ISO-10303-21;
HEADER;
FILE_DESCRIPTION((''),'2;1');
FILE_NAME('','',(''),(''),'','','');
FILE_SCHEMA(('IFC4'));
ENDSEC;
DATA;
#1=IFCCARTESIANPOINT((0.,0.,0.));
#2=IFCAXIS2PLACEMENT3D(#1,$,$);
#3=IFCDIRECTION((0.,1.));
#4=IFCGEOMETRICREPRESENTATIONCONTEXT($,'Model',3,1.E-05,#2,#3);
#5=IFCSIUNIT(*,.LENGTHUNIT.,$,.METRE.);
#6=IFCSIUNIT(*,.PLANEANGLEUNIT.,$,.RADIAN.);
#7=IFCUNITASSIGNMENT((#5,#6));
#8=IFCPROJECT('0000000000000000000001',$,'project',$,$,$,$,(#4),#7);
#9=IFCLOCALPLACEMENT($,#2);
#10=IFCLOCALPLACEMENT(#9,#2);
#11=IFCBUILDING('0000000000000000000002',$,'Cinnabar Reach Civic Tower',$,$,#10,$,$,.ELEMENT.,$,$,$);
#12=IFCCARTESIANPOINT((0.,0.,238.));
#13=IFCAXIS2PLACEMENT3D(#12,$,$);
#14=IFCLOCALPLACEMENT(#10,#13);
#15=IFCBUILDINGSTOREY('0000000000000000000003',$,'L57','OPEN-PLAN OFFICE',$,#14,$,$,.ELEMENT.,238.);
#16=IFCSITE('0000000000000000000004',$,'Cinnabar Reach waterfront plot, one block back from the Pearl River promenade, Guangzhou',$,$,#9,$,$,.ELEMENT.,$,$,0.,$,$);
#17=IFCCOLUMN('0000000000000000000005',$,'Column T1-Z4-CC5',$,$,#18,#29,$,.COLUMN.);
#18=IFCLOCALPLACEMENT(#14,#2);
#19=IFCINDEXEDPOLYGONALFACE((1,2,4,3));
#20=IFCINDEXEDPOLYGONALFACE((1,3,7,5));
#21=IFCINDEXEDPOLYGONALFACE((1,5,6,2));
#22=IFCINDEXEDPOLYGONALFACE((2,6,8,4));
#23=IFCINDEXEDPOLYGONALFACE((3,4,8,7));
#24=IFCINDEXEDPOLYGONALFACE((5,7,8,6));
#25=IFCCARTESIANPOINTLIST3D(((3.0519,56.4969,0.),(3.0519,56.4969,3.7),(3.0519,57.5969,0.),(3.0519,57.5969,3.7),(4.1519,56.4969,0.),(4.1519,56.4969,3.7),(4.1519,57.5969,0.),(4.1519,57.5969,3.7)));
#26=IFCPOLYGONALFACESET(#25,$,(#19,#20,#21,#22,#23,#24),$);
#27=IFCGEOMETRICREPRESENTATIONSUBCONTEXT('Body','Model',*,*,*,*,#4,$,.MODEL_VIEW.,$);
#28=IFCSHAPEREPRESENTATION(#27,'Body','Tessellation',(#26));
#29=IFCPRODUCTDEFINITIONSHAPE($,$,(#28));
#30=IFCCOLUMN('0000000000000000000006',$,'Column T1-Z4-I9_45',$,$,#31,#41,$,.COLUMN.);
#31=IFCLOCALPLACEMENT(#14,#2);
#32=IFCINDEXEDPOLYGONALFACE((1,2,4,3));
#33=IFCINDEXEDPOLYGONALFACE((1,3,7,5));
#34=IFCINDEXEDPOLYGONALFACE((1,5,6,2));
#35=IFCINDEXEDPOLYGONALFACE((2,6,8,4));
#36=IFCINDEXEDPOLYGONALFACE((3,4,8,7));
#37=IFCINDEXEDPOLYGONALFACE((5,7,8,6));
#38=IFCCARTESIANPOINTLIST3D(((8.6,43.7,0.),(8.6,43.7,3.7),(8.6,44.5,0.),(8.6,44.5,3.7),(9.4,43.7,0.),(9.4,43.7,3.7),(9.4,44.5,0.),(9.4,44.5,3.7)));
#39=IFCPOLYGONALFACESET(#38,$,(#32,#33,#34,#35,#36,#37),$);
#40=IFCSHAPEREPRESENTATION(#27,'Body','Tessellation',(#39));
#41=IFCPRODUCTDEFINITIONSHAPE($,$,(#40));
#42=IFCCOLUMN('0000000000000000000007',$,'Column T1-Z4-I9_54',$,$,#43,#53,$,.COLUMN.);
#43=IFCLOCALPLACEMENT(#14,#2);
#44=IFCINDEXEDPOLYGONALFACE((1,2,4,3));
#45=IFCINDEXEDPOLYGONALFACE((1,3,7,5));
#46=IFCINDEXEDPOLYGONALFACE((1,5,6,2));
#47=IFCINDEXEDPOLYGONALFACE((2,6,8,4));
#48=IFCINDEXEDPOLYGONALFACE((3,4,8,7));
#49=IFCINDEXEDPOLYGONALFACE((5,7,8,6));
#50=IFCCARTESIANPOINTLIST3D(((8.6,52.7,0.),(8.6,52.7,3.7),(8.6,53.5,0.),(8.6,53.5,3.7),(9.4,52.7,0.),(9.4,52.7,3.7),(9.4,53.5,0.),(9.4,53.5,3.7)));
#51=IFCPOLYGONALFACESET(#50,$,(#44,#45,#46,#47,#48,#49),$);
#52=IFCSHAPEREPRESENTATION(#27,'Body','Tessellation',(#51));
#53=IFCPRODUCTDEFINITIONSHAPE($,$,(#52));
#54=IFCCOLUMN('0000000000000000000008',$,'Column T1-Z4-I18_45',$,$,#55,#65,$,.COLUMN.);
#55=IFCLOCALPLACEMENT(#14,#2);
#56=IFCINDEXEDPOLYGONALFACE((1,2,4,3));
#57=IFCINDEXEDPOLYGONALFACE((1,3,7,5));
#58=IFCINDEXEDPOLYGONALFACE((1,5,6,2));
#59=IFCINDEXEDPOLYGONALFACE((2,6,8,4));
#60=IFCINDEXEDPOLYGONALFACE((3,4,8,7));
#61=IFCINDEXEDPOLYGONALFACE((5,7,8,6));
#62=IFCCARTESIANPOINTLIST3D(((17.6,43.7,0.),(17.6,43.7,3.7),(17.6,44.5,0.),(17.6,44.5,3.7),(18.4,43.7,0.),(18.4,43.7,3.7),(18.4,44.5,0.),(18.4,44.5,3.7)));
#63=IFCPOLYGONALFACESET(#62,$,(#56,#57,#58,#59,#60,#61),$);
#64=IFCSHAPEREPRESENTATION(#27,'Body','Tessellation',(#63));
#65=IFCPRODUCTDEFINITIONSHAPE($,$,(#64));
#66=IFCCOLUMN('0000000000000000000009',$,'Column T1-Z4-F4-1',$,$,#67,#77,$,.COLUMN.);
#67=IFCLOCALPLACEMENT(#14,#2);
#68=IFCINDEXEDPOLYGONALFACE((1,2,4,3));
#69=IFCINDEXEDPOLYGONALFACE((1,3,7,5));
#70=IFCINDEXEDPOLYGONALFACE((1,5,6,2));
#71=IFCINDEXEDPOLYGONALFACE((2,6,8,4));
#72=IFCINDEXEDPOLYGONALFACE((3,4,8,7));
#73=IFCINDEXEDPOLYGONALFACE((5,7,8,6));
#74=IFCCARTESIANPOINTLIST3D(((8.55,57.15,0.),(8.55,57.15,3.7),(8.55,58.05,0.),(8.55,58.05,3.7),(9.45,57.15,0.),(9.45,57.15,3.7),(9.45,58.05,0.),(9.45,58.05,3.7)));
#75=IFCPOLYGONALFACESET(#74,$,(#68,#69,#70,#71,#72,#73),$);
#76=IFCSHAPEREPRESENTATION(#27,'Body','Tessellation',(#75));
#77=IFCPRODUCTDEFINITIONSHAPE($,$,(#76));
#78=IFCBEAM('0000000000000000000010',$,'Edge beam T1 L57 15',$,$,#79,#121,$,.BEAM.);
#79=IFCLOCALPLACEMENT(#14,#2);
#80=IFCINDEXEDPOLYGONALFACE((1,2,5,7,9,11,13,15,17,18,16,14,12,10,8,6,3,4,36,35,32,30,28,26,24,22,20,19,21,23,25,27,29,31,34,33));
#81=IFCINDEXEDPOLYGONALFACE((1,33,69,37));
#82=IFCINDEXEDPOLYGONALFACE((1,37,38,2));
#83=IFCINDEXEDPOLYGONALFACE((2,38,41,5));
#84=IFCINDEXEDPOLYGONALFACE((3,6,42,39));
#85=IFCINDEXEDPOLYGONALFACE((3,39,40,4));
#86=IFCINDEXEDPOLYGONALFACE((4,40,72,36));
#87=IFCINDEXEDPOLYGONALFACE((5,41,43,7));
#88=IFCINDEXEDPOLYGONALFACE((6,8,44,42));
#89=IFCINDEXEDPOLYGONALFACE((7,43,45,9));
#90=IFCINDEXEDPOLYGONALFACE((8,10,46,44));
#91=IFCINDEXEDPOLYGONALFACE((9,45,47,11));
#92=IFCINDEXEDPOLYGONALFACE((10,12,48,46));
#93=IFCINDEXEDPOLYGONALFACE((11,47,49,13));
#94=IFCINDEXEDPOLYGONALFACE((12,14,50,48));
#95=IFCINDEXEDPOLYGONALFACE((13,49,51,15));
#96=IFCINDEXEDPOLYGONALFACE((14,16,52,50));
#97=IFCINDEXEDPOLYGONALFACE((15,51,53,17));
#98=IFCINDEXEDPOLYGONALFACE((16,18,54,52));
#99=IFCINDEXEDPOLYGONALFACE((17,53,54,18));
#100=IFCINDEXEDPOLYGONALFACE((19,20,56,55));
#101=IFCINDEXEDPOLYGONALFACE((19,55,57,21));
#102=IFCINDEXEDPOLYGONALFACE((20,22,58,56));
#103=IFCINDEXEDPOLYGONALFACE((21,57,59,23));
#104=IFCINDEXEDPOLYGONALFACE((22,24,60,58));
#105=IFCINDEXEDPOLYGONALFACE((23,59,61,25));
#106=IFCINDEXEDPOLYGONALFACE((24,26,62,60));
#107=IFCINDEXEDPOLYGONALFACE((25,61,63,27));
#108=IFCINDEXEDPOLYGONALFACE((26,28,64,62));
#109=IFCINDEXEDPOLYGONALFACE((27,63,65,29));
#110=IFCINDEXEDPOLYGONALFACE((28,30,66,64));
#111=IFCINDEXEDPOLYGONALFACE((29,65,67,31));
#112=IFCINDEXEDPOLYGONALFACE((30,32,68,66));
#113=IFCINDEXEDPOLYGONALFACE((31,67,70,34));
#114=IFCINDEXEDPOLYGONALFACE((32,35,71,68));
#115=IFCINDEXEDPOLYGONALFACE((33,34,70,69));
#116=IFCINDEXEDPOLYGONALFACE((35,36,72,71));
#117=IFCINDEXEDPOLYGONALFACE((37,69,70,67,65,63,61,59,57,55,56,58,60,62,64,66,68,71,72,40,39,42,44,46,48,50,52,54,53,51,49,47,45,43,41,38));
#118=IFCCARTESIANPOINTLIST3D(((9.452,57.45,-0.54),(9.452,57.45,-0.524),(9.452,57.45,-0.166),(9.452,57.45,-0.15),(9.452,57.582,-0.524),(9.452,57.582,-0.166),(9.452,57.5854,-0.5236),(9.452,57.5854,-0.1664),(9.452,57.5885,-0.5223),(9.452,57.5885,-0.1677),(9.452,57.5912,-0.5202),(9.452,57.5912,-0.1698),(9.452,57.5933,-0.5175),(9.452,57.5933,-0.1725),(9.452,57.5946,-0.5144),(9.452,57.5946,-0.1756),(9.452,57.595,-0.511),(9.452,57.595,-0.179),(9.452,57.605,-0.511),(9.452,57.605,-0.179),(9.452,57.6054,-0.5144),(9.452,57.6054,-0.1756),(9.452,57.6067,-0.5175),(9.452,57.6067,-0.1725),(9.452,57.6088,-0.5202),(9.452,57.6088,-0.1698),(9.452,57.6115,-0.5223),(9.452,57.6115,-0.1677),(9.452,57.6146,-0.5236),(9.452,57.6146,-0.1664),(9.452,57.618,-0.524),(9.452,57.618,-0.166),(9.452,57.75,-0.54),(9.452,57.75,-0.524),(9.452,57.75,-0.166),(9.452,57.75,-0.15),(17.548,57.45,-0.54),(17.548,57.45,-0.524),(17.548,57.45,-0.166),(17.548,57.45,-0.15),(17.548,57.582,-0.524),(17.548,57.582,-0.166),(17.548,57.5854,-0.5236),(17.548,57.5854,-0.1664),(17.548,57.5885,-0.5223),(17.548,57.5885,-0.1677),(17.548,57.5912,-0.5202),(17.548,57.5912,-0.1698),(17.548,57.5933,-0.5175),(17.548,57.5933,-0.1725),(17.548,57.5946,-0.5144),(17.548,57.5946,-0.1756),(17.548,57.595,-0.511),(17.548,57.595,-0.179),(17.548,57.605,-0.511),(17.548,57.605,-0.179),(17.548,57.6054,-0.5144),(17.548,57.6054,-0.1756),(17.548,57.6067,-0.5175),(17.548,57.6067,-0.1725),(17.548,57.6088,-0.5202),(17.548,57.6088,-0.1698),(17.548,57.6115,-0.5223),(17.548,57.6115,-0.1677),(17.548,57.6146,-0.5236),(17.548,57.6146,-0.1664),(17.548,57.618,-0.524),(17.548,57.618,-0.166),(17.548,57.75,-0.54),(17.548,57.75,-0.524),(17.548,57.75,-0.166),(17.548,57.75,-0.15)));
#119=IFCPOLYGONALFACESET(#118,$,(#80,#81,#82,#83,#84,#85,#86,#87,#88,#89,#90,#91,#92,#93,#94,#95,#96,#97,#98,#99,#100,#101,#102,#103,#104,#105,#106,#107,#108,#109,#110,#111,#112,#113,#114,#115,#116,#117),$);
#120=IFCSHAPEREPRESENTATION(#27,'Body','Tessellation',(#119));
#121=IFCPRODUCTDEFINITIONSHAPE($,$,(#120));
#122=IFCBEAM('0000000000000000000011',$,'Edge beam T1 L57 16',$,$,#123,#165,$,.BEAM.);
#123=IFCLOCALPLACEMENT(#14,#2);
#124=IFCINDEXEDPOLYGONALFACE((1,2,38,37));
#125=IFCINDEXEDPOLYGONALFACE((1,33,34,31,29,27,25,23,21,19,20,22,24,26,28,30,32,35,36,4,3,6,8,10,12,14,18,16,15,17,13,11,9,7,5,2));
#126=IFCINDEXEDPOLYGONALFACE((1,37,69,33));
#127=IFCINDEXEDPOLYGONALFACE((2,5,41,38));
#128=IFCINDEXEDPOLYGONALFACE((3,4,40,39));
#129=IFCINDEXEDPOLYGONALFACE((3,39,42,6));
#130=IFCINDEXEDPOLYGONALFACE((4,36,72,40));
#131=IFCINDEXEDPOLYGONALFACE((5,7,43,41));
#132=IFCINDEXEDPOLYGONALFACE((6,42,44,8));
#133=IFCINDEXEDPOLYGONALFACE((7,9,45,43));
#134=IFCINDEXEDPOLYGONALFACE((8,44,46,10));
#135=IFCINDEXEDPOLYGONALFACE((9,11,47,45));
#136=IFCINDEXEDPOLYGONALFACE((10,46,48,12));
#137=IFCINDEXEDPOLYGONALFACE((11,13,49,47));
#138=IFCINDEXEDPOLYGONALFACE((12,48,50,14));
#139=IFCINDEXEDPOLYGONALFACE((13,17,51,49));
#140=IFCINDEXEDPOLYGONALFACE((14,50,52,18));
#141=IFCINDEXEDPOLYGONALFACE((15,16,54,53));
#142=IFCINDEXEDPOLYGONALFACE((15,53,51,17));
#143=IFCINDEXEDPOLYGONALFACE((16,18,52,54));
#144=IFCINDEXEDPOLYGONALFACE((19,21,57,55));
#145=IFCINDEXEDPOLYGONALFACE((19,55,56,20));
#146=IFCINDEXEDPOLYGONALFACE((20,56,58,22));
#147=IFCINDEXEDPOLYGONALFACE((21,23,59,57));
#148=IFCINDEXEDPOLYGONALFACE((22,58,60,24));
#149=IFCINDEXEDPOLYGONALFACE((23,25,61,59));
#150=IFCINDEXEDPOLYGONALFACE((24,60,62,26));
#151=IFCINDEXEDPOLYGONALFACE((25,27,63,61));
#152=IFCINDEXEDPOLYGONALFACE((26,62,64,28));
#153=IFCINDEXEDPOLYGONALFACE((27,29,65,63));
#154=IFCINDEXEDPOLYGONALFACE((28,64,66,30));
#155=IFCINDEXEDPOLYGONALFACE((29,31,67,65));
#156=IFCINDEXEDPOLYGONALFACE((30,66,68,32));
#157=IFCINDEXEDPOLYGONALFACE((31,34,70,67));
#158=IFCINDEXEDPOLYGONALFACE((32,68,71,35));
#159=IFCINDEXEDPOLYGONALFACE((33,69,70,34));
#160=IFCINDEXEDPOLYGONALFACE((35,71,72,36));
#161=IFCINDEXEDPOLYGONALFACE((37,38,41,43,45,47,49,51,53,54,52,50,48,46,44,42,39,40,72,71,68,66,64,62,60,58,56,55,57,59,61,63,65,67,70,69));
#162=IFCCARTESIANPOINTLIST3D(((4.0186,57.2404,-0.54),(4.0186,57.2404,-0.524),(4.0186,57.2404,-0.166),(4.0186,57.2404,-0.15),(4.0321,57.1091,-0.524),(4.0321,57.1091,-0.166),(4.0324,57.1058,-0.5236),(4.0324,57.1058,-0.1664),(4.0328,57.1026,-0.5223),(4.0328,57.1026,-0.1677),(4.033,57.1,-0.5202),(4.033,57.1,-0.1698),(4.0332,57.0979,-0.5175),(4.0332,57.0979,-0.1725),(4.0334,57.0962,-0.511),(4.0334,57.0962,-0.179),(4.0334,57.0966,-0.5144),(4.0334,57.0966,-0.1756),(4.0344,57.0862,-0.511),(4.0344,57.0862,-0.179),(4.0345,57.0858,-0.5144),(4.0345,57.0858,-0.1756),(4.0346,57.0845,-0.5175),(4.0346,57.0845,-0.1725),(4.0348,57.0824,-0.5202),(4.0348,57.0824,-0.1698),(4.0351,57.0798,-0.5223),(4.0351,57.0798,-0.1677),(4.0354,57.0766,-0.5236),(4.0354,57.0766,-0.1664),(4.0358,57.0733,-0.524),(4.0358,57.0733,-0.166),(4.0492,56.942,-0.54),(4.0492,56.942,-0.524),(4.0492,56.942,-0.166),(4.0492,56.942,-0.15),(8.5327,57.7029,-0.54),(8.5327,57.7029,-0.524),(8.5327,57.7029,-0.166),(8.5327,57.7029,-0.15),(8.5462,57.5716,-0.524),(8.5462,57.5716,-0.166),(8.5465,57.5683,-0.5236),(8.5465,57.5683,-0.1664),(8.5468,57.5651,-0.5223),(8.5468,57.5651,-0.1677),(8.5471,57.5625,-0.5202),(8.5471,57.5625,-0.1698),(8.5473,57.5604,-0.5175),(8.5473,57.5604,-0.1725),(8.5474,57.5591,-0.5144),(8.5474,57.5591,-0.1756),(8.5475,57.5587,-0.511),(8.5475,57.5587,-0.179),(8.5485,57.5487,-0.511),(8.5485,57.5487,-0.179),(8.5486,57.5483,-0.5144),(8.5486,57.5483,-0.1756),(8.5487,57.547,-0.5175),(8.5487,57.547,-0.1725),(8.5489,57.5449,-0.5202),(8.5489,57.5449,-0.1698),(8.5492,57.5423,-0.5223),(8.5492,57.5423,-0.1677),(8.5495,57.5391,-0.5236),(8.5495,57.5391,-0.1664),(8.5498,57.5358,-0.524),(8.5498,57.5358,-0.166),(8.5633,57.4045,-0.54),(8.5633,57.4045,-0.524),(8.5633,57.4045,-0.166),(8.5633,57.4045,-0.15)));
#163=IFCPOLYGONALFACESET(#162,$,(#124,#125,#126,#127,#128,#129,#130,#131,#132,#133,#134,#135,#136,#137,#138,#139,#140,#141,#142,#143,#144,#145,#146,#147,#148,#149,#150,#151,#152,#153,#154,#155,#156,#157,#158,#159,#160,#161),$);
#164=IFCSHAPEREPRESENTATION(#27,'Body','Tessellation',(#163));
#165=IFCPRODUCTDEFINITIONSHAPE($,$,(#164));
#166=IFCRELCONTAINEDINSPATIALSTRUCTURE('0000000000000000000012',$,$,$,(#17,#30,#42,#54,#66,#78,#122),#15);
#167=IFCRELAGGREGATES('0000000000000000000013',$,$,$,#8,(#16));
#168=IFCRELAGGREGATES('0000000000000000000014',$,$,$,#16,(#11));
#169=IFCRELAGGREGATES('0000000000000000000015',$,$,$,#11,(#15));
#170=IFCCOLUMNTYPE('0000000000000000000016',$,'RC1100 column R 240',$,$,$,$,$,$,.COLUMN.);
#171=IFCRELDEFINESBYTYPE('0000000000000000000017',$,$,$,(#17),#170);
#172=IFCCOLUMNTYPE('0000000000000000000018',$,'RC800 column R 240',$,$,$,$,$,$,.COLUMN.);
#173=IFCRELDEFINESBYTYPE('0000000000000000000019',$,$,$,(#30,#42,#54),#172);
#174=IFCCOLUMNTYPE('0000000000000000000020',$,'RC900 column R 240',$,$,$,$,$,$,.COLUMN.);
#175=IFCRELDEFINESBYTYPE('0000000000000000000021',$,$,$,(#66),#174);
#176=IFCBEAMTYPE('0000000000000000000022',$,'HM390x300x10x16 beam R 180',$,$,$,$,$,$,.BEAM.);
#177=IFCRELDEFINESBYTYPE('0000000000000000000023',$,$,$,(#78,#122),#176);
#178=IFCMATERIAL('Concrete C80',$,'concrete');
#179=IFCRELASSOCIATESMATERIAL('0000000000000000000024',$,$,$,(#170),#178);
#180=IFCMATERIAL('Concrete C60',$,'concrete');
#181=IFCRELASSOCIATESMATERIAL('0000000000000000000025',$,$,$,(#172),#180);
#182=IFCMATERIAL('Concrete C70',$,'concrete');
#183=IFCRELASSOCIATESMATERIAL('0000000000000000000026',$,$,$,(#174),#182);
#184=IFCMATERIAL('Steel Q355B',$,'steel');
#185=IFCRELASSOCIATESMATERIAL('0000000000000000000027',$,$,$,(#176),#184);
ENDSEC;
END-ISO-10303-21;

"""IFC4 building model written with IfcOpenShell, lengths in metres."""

from ifc_helpers import new_model, si_unit, direction, frame, origin, origin_2d, place, context, subcontext, project, spatial, rectangle, i_section, extrude, material, material_profile, profile_set, type_object, element, save


model = new_model("IFC4")

# Units and contexts
model_context = context("Model", 3, precision=1e-05, world=origin(), true_north=direction((0.0, 1.0)))
body_context = subcontext(model_context, "Body", "Model", "MODEL_VIEW")
ifc_project = project(units=[si_unit("LENGTHUNIT", "METRE"), si_unit("PLANEANGLEUNIT", "RADIAN")], contexts=[model_context])

# Site, building, storey
site_placement = place(None, origin())
site = spatial("IfcSite", under=ifc_project, at=site_placement, Name="Cinnabar Reach waterfront plot, one block back from the Pearl River promenade, Guangzhou", CompositionType="ELEMENT", RefElevation=0.0)
building_placement = place(site_placement, origin())
building = spatial("IfcBuilding", under=site, at=building_placement, Name="Cinnabar Reach Civic Tower", CompositionType="ELEMENT")
storey_placement = place(building_placement, frame((0.0, 0.0, 238.0)))
storey = spatial("IfcBuildingStorey", under=building, at=storey_placement, Name="L57", Description="OPEN-PLAN OFFICE", CompositionType="ELEMENT", Elevation=238.0)

# Columns
ifc_material_1 = material(Name="Concrete C80", Category="concrete")
ifc_material_profile_1 = material_profile(ifc_material_1, rectangle(XDim=1.1, YDim=1.1, at=origin_2d()), Name="RC1100")
ifc_profile_set_1 = profile_set([ifc_material_profile_1], Name="Concrete C80")
column_type_1 = type_object("IfcColumnType", Name="RC1100 column R 240", PredefinedType="COLUMN", material=ifc_profile_set_1)
column_1_placement = place(storey_placement, frame((3.6019, 57.0469, 0.0), z_axis=(0.0, 0.0, 1.0), x_axis=(1.0, 0.0, 0.0)))
element("IfcColumn", 1, at=column_1_placement, inside=storey, type_object=column_type_1, Name="Column T1-Z4-CC5", PredefinedType="COLUMN", context=body_context, shape_type="SweptSolid", body=[
    extrude(rectangle(XDim=1.1, YDim=1.1, at=origin_2d()), origin(), (0.0, 0.0, 1.0), 3.7),
])
ifc_material_2 = material(Name="Concrete C60", Category="concrete")
ifc_material_profile_2 = material_profile(ifc_material_2, rectangle(XDim=0.8, YDim=0.8, at=origin_2d()), Name="RC800")
ifc_profile_set_2 = profile_set([ifc_material_profile_2], Name="Concrete C60")
column_type_2 = type_object("IfcColumnType", Name="RC800 column R 240", PredefinedType="COLUMN", material=ifc_profile_set_2)
for number, where, z_axis, x_axis, name in (
    (2, (9.0, 44.1, 0.0), (0.0, 0.0, 1.0), (1.0, 0.0, 0.0), "Column T1-Z4-I9_45"),
    (3, (9.0, 53.1, 0.0), (0.0, 0.0, 1.0), (1.0, 0.0, 0.0), "Column T1-Z4-I9_54"),
    (4, (18.0, 44.1, 0.0), (0.0, 0.0, 1.0), (1.0, 0.0, 0.0), "Column T1-Z4-I18_45"),
):
    element("IfcColumn", number, at=place(storey_placement, frame(where, z_axis=z_axis, x_axis=x_axis)), inside=storey, type_object=column_type_2, Name=name, PredefinedType="COLUMN", context=body_context, shape_type="SweptSolid", body=[
        extrude(rectangle(XDim=0.8, YDim=0.8, at=origin_2d()), origin(), (0.0, 0.0, 1.0), 3.7),
    ])
ifc_material_3 = material(Name="Concrete C70", Category="concrete")
ifc_material_profile_3 = material_profile(ifc_material_3, rectangle(XDim=0.9, YDim=0.9, at=origin_2d()), Name="RC900")
ifc_profile_set_3 = profile_set([ifc_material_profile_3], Name="Concrete C70")
column_type_3 = type_object("IfcColumnType", Name="RC900 column R 240", PredefinedType="COLUMN", material=ifc_profile_set_3)
column_2_placement = place(storey_placement, frame((9.0, 57.6, 0.0), z_axis=(0.0, 0.0, 1.0), x_axis=(1.0, 0.0, 0.0)))
element("IfcColumn", 5, at=column_2_placement, inside=storey, type_object=column_type_3, Name="Column T1-Z4-F4-1", PredefinedType="COLUMN", context=body_context, shape_type="SweptSolid", body=[
    extrude(rectangle(XDim=0.9, YDim=0.9, at=origin_2d()), origin(), (0.0, 0.0, 1.0), 3.7),
])

# Beams
ifc_material_4 = material(Name="Steel Q355B", Category="steel")
ifc_material_profile_4 = material_profile(ifc_material_4, i_section(OverallWidth=0.3, OverallDepth=0.39, WebThickness=0.01, FlangeThickness=0.016, FilletRadius=0.013, at=origin_2d()), Name="HM390x300x10x16")
ifc_profile_set_4 = profile_set([ifc_material_profile_4], Name="Steel Q355B")
beam_type_1 = type_object("IfcBeamType", Name="HM390x300x10x16 beam R 180", PredefinedType="BEAM", material=ifc_profile_set_4)
beam_1_placement = place(storey_placement, frame((17.548, 57.6, -0.345), z_axis=(-1.0, 0.0, 0.0), x_axis=(0.0, -1.0, 0.0)))
element("IfcBeam", 6, at=beam_1_placement, inside=storey, type_object=beam_type_1, Name="Edge beam T1 L57 15", PredefinedType="BEAM", context=body_context, shape_type="SweptSolid", body=[
    extrude(i_section(OverallWidth=0.3, OverallDepth=0.39, WebThickness=0.01, FlangeThickness=0.016, FilletRadius=0.013, at=origin_2d()), origin(), (0.0, 0.0, 1.0), 8.096),
])
beam_2_placement = place(storey_placement, frame((8.548, 57.5537, -0.345), z_axis=(-0.994792, -0.101923, 0.0), x_axis=(0.101923, -0.994792, 0.0)))
element("IfcBeam", 7, at=beam_2_placement, inside=storey, type_object=beam_type_1, Name="Edge beam T1 L57 16", PredefinedType="BEAM", context=body_context, shape_type="SweptSolid", body=[
    extrude(i_section(OverallWidth=0.3, OverallDepth=0.39, WebThickness=0.01, FlangeThickness=0.016, FilletRadius=0.013, at=origin_2d()), origin(), (0.0, 0.0, 1.0), 4.5377),
])

save(model, "model.ifc")
